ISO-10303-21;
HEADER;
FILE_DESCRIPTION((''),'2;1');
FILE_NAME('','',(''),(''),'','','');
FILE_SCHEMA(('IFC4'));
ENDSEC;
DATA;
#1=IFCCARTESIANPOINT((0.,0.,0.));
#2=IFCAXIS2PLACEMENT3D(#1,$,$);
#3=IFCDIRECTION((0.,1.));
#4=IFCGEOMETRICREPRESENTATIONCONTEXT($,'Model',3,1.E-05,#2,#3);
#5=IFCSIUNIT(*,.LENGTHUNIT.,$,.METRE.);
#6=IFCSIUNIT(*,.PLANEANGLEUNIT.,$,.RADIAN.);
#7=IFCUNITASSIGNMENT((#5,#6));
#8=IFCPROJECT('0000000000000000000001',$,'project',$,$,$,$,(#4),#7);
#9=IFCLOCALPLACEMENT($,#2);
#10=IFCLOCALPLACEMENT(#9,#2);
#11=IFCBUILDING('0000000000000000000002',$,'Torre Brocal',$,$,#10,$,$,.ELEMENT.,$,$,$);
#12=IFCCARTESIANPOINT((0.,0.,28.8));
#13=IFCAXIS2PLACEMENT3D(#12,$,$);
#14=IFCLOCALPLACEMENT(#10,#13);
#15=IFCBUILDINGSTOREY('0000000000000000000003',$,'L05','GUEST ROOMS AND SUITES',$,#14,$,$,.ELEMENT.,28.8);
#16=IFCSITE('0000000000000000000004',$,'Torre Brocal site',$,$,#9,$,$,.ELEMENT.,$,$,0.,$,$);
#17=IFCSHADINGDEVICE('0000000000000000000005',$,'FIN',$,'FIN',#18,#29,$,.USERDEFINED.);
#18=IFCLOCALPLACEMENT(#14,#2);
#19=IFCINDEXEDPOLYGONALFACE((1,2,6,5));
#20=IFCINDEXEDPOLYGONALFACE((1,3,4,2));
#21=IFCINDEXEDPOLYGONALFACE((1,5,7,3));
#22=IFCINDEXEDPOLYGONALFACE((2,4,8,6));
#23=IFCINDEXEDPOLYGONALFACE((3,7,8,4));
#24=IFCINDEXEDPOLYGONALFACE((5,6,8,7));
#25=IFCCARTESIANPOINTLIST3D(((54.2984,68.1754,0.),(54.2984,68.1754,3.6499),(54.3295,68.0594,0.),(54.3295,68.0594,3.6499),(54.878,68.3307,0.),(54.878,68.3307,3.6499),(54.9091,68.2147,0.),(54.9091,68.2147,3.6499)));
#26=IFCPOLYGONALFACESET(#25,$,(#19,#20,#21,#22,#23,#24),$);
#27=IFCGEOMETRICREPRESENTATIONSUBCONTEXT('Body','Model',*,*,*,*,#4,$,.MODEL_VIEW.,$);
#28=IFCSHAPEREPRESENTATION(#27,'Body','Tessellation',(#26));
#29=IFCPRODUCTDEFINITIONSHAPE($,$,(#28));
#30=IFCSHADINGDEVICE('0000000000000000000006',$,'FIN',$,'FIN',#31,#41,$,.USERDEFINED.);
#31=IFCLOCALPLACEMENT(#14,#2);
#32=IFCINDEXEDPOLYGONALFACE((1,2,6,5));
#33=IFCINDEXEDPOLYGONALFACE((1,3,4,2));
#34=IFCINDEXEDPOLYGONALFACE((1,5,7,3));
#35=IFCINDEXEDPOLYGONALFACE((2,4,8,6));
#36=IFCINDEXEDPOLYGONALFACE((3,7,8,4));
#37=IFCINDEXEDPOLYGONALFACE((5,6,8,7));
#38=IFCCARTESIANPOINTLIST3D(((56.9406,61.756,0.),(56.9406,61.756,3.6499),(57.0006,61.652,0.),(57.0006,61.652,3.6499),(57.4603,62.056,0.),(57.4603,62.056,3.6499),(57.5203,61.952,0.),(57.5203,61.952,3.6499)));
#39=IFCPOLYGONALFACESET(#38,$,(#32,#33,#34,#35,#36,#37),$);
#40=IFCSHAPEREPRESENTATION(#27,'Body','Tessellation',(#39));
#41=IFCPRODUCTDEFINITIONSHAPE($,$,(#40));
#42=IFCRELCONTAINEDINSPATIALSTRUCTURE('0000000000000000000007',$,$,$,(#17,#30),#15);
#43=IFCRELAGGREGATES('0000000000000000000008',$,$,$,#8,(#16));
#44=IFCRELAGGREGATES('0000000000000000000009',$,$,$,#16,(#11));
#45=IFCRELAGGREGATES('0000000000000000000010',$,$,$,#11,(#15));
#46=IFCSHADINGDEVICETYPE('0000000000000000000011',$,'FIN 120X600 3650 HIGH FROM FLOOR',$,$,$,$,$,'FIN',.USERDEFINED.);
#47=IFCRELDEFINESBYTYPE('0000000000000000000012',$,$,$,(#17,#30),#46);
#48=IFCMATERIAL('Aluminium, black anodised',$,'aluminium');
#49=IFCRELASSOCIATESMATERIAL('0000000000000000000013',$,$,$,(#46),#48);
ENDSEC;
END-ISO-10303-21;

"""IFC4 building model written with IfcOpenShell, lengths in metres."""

from ifc_helpers import new_model, si_unit, direction, frame, origin, origin_2d, place, context, subcontext, project, spatial, rectangle, extrude, material, material_profile, profile_set, type_object, element, save


model = new_model("IFC4")

# Units and contexts
model_context = context("Model", 3, precision=1e-05, world=origin(), true_north=direction((0.0, 1.0)))
body_context = subcontext(model_context, "Body", "Model", "MODEL_VIEW")
ifc_project = project(units=[si_unit("LENGTHUNIT", "METRE"), si_unit("PLANEANGLEUNIT", "RADIAN")], contexts=[model_context])

# Site, building, storey
site_placement = place(None, origin())
site = spatial("IfcSite", under=ifc_project, at=site_placement, Name="Torre Brocal site", CompositionType="ELEMENT", RefElevation=0.0)
building_placement = place(site_placement, origin())
building = spatial("IfcBuilding", under=site, at=building_placement, Name="Torre Brocal", CompositionType="ELEMENT")
storey_placement = place(building_placement, frame((0.0, 0.0, 28.8)))
storey = spatial("IfcBuildingStorey", under=building, at=storey_placement, Name="L05", Description="GUEST ROOMS AND SUITES", CompositionType="ELEMENT", Elevation=28.8)

# Shading devices
ifc_material_1 = material(Name="Aluminium, black anodised", Category="aluminium")
ifc_material_profile_1 = material_profile(ifc_material_1, rectangle(XDim=0.1201, YDim=0.6001, at=origin_2d()), Name="FIN 120X600 3650 HIGH FROM FLOOR")
ifc_profile_set_1 = profile_set([ifc_material_profile_1], Name="Aluminium, black anodised")
shading_device_type = type_object("IfcShadingDeviceType", Name="FIN 120X600 3650 HIGH FROM FLOOR", ElementType="FIN", PredefinedType="USERDEFINED", material=ifc_profile_set_1)
for number, where, z_axis, x_axis, name in (
    (1, (54.6038, 68.1951, 0.0), (0.0, 0.0, 1.0), (0.258819, -0.965926, 0.0), "FIN"),
    (2, (57.2305, 61.854, 0.0), (0.0, 0.0, 1.0), (0.5, -0.866025, 0.0), "FIN"),
):
    element("IfcShadingDevice", number, at=place(storey_placement, frame(where, z_axis=z_axis, x_axis=x_axis)), inside=storey, type_object=shading_device_type, Name=name, ObjectType="FIN", PredefinedType="USERDEFINED", context=body_context, shape_type="SweptSolid", body=[
        extrude(rectangle(XDim=0.1201, YDim=0.6001, at=origin_2d()), origin(), (0.0, 0.0, 1.0), 3.6499),
    ])

save(model, "model.ifc")
